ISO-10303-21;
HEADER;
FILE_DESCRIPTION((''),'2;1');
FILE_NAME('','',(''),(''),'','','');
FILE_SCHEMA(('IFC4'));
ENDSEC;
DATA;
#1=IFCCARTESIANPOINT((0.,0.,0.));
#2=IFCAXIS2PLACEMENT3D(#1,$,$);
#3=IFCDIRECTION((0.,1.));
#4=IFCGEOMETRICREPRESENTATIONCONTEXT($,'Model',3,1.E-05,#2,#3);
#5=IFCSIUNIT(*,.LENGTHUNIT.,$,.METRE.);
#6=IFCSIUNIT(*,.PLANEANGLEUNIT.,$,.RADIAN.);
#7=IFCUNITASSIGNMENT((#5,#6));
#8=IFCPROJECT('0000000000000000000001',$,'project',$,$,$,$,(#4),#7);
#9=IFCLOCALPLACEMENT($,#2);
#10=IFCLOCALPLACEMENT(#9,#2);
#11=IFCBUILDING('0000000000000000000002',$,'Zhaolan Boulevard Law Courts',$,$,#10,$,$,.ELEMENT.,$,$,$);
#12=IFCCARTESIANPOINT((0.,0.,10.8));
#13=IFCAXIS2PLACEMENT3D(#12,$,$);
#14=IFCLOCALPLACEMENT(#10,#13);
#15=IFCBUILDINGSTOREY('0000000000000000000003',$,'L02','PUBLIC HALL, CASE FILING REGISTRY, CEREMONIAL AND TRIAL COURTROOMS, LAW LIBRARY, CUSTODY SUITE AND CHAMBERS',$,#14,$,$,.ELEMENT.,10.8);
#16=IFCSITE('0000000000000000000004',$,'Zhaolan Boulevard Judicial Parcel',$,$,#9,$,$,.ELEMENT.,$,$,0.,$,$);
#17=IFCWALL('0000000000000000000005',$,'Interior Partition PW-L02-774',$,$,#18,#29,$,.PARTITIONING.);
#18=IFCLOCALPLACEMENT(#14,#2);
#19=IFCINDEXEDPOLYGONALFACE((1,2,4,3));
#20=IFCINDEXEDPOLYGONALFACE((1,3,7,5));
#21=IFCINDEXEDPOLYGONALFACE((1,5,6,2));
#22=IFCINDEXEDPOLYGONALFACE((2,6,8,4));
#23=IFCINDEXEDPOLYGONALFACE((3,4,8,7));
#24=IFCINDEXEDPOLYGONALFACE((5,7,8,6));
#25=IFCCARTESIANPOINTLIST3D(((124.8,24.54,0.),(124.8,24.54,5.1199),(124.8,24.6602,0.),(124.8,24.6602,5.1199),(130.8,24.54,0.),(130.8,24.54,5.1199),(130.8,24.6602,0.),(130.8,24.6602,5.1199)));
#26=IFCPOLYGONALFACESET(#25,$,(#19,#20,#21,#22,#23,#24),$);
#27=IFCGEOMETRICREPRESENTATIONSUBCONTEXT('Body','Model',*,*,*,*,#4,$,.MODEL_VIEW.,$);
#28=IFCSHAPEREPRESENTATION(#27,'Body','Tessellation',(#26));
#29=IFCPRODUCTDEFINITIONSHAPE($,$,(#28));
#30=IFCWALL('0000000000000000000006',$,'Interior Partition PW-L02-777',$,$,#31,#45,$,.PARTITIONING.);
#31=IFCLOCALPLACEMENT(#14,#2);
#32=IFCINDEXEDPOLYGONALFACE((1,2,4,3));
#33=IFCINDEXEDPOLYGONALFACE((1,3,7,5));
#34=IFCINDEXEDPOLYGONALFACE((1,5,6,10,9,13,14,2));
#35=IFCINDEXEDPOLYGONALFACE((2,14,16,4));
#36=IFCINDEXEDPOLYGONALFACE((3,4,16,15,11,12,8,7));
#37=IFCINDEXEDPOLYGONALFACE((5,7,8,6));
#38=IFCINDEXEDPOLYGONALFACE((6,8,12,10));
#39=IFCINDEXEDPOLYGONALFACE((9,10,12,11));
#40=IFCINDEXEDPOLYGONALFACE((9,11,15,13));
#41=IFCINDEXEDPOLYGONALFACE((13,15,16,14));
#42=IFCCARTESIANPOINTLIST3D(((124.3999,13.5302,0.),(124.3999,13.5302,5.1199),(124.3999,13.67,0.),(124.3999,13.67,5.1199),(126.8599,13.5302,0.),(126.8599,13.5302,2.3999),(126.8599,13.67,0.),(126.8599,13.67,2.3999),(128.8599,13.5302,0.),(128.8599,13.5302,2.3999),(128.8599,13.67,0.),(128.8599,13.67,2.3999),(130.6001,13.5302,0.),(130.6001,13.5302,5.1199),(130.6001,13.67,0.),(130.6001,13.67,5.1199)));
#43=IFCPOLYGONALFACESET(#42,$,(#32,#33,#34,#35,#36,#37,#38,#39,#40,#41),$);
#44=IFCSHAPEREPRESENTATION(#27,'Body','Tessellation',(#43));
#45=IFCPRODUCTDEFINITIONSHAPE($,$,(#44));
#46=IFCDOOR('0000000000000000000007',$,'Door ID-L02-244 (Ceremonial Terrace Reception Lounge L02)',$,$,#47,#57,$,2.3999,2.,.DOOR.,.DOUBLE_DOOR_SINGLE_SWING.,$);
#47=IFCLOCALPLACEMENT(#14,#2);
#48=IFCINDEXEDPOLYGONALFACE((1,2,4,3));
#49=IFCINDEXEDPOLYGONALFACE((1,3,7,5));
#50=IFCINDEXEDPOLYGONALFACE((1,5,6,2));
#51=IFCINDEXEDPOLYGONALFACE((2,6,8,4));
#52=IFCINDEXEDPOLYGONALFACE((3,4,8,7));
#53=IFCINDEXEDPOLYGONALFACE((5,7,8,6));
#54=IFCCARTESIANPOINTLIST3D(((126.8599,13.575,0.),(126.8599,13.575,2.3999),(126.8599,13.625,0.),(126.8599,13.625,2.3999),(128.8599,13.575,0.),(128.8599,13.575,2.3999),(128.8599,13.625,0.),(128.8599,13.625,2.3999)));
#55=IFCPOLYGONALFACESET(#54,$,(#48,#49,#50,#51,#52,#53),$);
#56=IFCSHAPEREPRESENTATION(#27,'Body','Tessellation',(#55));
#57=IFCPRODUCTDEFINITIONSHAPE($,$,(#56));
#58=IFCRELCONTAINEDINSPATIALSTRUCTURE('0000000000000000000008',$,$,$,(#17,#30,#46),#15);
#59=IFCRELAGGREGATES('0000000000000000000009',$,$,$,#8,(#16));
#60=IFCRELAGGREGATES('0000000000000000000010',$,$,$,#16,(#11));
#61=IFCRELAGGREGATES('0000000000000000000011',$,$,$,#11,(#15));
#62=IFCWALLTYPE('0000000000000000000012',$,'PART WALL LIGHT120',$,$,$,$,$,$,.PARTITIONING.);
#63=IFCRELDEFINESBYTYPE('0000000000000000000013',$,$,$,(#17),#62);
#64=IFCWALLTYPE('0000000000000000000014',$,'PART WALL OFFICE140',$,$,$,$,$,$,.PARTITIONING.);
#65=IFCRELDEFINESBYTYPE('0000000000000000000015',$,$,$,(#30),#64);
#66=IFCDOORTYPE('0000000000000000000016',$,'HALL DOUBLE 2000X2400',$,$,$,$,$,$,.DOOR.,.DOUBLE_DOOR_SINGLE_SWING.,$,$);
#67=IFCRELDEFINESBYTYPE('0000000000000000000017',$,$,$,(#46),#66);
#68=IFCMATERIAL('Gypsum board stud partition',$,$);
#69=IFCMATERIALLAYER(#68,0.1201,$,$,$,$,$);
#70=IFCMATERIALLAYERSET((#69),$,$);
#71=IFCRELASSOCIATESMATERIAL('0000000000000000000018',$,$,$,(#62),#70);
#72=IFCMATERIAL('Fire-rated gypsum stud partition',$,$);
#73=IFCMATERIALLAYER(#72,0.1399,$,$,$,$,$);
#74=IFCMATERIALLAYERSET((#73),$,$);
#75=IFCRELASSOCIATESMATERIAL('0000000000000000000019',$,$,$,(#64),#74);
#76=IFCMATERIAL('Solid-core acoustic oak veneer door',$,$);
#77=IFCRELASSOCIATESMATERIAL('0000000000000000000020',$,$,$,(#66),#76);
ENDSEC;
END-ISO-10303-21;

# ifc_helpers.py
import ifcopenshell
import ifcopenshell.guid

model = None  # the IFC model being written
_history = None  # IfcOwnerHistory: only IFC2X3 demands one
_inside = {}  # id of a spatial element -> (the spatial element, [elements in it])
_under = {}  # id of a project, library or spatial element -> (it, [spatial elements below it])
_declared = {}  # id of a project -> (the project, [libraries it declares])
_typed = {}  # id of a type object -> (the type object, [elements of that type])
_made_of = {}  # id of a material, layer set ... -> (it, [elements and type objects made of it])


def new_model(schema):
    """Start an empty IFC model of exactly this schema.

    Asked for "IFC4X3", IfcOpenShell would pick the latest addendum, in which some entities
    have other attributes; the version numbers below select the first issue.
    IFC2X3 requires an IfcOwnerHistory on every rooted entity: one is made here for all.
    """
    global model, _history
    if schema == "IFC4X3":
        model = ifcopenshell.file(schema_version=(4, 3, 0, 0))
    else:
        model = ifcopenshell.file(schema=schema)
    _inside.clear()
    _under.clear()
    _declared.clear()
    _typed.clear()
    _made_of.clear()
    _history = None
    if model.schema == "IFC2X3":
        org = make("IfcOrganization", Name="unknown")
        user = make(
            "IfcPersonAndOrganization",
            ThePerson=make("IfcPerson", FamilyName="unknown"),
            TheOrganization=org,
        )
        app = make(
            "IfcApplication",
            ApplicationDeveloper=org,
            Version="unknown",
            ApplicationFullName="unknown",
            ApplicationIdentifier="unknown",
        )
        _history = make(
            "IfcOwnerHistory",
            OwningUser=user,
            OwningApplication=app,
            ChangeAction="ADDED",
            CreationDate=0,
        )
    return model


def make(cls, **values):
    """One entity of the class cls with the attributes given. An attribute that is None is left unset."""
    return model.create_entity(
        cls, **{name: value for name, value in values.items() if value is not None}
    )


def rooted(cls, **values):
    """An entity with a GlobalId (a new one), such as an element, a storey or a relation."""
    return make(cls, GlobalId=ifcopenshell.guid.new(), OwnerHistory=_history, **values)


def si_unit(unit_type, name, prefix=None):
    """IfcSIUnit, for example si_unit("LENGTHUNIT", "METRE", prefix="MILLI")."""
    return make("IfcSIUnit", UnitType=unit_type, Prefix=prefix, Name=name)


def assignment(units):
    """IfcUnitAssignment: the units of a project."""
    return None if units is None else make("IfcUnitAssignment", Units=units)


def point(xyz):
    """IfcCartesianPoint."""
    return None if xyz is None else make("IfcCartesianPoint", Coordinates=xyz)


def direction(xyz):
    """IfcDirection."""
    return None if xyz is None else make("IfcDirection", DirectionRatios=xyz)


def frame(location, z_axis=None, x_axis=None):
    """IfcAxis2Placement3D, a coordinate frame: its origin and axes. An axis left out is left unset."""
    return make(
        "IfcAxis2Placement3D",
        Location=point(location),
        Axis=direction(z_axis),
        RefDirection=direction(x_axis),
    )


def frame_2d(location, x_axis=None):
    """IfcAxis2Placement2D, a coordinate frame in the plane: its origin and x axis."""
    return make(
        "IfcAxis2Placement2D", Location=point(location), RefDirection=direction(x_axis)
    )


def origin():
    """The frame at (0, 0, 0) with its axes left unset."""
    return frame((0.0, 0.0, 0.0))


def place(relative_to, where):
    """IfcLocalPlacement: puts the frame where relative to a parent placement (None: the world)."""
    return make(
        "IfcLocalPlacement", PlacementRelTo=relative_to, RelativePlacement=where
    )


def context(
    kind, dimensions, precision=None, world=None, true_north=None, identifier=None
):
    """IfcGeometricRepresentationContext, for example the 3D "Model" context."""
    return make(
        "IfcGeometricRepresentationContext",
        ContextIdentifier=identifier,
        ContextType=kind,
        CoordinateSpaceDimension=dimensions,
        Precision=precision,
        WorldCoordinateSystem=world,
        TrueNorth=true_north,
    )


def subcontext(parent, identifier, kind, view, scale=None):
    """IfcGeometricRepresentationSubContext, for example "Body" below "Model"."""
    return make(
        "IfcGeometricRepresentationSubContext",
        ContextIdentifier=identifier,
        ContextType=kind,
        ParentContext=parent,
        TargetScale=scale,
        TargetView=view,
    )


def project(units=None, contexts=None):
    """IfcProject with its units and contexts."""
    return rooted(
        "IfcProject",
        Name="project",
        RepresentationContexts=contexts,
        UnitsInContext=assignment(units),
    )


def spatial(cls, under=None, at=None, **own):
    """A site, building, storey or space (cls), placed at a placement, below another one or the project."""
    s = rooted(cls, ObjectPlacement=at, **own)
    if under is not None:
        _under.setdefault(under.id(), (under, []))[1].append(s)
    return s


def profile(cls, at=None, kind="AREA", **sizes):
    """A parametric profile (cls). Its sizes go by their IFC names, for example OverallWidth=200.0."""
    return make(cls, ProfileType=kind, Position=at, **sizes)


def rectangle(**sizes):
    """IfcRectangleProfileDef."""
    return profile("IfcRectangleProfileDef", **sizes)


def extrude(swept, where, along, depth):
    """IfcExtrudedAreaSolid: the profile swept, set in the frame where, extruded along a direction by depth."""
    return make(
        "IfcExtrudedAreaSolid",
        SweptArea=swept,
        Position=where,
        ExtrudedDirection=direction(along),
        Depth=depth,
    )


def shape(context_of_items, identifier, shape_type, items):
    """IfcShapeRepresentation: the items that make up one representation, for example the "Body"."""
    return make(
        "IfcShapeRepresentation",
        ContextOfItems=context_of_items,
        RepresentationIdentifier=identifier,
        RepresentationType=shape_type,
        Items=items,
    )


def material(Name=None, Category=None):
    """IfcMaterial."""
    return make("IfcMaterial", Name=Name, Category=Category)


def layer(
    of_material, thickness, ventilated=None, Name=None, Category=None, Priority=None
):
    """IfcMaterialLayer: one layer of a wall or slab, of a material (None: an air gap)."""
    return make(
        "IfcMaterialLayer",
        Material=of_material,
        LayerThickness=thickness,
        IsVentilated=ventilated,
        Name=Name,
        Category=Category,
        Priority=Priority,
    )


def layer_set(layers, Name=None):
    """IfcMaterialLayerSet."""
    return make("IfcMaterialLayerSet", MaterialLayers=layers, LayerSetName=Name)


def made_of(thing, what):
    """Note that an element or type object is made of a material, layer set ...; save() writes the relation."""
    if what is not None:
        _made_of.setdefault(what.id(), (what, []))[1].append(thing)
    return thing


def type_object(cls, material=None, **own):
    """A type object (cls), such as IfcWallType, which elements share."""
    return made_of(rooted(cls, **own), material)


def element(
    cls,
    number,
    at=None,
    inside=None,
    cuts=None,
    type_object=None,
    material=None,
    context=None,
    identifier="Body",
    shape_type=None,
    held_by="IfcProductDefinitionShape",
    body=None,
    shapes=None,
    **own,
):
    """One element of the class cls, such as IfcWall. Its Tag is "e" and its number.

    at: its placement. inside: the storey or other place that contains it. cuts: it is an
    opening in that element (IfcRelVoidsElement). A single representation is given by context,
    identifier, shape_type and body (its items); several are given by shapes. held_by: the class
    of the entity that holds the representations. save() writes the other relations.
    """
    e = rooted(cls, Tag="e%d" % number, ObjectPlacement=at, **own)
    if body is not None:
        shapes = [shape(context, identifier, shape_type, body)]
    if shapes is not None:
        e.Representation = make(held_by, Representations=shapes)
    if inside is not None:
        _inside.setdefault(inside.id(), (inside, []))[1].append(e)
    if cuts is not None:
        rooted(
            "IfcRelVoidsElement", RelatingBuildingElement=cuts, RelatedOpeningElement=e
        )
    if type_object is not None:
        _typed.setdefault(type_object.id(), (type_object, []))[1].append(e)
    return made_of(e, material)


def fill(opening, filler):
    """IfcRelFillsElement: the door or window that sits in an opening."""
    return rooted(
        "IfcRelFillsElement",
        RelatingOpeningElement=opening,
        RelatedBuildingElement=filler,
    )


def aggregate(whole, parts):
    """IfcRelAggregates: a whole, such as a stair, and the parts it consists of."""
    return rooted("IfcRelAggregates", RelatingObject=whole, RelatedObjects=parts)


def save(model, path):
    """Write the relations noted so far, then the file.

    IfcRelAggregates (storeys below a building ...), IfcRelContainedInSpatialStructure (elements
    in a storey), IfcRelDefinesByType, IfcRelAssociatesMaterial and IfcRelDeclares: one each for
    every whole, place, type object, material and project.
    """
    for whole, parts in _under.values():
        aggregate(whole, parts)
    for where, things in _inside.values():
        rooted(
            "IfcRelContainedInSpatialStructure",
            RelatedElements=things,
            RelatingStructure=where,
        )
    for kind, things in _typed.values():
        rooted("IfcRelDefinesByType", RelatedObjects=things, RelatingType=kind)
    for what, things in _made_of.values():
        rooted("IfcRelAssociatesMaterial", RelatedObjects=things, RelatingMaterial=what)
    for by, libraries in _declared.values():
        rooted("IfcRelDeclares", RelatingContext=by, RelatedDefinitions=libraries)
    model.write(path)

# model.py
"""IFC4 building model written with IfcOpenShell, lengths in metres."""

from ifc_helpers import new_model, si_unit, direction, frame, frame_2d, origin, place, context, subcontext, project, spatial, rectangle, extrude, material, layer, layer_set, type_object, element, fill, save


model = new_model("IFC4")

# Units and contexts
model_context = context("Model", 3, precision=1e-05, world=origin(), true_north=direction((0.0, 1.0)))
body_context = subcontext(model_context, "Body", "Model", "MODEL_VIEW")
ifc_project = project(units=[si_unit("LENGTHUNIT", "METRE"), si_unit("PLANEANGLEUNIT", "RADIAN")], contexts=[model_context])

# Site, building, storey
site_placement = place(None, origin())
site = spatial("IfcSite", under=ifc_project, at=site_placement, Name="Zhaolan Boulevard Judicial Parcel", CompositionType="ELEMENT", RefElevation=0.0)
building_placement = place(site_placement, origin())
building = spatial("IfcBuilding", under=site, at=building_placement, Name="Zhaolan Boulevard Law Courts", CompositionType="ELEMENT")
storey_placement = place(building_placement, frame((0.0, 0.0, 10.8)))
storey = spatial("IfcBuildingStorey", under=building, at=storey_placement, Name="L02", Description="PUBLIC HALL, CASE FILING REGISTRY, CEREMONIAL AND TRIAL COURTROOMS, LAW LIBRARY, CUSTODY SUITE AND CHAMBERS", CompositionType="ELEMENT", Elevation=10.8)

# Wall
ifc_material_1 = material(Name="Gypsum board stud partition")
ifc_layer_1 = layer(ifc_material_1, 0.1201)
ifc_layer_set_1 = layer_set([ifc_layer_1])
wall_type_1 = type_object("IfcWallType", Name="PART WALL LIGHT120", PredefinedType="PARTITIONING", material=ifc_layer_set_1)
wall_1_placement = place(storey_placement, frame((124.8, 24.6001, 0.0), z_axis=(0.0, 0.0, 1.0), x_axis=(1.0, 0.0, 0.0)))
element("IfcWall", 1, at=wall_1_placement, inside=storey, type_object=wall_type_1, Name="Interior Partition PW-L02-774", PredefinedType="PARTITIONING", context=body_context, shape_type="SweptSolid", body=[
    extrude(rectangle(XDim=6.0, YDim=0.1201, at=frame_2d((3.0, 0.0))), origin(), (0.0, 0.0, 1.0), 5.1199),
])

# Wall, opening, door
ifc_material_2 = material(Name="Fire-rated gypsum stud partition")
ifc_layer_2 = layer(ifc_material_2, 0.1399)
ifc_layer_set_2 = layer_set([ifc_layer_2])
wall_type_2 = type_object("IfcWallType", Name="PART WALL OFFICE140", PredefinedType="PARTITIONING", material=ifc_layer_set_2)
wall_2_placement = place(storey_placement, frame((124.3999, 13.6001, 0.0), z_axis=(0.0, 0.0, 1.0), x_axis=(1.0, 0.0, 0.0)))
wall_2 = element("IfcWall", 2, at=wall_2_placement, inside=storey, type_object=wall_type_2, Name="Interior Partition PW-L02-777", PredefinedType="PARTITIONING", context=body_context, shape_type="SweptSolid", body=[
    extrude(rectangle(XDim=6.2002, YDim=0.1399, at=frame_2d((3.1001, 0.0))), origin(), (0.0, 0.0, 1.0), 5.1199),
])
opening_1_placement = place(wall_2_placement, frame((2.46, 0.0, 0.0)))
opening_1 = element("IfcOpeningElement", 3, at=opening_1_placement, cuts=wall_2, PredefinedType="OPENING", context=body_context, shape_type="SweptSolid", body=[
    extrude(rectangle(XDim=2.0, YDim=2.3999, at=frame_2d((1.0, 1.2))), frame((0.0, 0.0798, 0.0), z_axis=(0.0, -1.0, 0.0), x_axis=(1.0, 0.0, 0.0)), (0.0, 0.0, 1.0), 0.1599),
])
ifc_material_3 = material(Name="Solid-core acoustic oak veneer door")
door_type = type_object("IfcDoorType", Name="HALL DOUBLE 2000X2400", OperationType="DOUBLE_DOOR_SINGLE_SWING", PredefinedType="DOOR", material=ifc_material_3)
door_placement = place(opening_1_placement, origin())
door = element("IfcDoor", 4, at=door_placement, inside=storey, type_object=door_type, Name="Door ID-L02-244 (Ceremonial Terrace Reception Lounge L02)", OperationType="DOUBLE_DOOR_SINGLE_SWING", OverallHeight=2.3999, OverallWidth=2.0, PredefinedType="DOOR", context=body_context, shape_type="SweptSolid", body=[
    extrude(rectangle(XDim=2.0, YDim=2.3999, at=frame_2d((1.0, 1.2))), frame((0.0, 0.0249, 0.0), z_axis=(0.0, -1.0, 0.0), x_axis=(1.0, 0.0, 0.0)), (0.0, 0.0, 1.0), 0.05),
])
fill(opening_1, door)

save(model, "model.ifc")
